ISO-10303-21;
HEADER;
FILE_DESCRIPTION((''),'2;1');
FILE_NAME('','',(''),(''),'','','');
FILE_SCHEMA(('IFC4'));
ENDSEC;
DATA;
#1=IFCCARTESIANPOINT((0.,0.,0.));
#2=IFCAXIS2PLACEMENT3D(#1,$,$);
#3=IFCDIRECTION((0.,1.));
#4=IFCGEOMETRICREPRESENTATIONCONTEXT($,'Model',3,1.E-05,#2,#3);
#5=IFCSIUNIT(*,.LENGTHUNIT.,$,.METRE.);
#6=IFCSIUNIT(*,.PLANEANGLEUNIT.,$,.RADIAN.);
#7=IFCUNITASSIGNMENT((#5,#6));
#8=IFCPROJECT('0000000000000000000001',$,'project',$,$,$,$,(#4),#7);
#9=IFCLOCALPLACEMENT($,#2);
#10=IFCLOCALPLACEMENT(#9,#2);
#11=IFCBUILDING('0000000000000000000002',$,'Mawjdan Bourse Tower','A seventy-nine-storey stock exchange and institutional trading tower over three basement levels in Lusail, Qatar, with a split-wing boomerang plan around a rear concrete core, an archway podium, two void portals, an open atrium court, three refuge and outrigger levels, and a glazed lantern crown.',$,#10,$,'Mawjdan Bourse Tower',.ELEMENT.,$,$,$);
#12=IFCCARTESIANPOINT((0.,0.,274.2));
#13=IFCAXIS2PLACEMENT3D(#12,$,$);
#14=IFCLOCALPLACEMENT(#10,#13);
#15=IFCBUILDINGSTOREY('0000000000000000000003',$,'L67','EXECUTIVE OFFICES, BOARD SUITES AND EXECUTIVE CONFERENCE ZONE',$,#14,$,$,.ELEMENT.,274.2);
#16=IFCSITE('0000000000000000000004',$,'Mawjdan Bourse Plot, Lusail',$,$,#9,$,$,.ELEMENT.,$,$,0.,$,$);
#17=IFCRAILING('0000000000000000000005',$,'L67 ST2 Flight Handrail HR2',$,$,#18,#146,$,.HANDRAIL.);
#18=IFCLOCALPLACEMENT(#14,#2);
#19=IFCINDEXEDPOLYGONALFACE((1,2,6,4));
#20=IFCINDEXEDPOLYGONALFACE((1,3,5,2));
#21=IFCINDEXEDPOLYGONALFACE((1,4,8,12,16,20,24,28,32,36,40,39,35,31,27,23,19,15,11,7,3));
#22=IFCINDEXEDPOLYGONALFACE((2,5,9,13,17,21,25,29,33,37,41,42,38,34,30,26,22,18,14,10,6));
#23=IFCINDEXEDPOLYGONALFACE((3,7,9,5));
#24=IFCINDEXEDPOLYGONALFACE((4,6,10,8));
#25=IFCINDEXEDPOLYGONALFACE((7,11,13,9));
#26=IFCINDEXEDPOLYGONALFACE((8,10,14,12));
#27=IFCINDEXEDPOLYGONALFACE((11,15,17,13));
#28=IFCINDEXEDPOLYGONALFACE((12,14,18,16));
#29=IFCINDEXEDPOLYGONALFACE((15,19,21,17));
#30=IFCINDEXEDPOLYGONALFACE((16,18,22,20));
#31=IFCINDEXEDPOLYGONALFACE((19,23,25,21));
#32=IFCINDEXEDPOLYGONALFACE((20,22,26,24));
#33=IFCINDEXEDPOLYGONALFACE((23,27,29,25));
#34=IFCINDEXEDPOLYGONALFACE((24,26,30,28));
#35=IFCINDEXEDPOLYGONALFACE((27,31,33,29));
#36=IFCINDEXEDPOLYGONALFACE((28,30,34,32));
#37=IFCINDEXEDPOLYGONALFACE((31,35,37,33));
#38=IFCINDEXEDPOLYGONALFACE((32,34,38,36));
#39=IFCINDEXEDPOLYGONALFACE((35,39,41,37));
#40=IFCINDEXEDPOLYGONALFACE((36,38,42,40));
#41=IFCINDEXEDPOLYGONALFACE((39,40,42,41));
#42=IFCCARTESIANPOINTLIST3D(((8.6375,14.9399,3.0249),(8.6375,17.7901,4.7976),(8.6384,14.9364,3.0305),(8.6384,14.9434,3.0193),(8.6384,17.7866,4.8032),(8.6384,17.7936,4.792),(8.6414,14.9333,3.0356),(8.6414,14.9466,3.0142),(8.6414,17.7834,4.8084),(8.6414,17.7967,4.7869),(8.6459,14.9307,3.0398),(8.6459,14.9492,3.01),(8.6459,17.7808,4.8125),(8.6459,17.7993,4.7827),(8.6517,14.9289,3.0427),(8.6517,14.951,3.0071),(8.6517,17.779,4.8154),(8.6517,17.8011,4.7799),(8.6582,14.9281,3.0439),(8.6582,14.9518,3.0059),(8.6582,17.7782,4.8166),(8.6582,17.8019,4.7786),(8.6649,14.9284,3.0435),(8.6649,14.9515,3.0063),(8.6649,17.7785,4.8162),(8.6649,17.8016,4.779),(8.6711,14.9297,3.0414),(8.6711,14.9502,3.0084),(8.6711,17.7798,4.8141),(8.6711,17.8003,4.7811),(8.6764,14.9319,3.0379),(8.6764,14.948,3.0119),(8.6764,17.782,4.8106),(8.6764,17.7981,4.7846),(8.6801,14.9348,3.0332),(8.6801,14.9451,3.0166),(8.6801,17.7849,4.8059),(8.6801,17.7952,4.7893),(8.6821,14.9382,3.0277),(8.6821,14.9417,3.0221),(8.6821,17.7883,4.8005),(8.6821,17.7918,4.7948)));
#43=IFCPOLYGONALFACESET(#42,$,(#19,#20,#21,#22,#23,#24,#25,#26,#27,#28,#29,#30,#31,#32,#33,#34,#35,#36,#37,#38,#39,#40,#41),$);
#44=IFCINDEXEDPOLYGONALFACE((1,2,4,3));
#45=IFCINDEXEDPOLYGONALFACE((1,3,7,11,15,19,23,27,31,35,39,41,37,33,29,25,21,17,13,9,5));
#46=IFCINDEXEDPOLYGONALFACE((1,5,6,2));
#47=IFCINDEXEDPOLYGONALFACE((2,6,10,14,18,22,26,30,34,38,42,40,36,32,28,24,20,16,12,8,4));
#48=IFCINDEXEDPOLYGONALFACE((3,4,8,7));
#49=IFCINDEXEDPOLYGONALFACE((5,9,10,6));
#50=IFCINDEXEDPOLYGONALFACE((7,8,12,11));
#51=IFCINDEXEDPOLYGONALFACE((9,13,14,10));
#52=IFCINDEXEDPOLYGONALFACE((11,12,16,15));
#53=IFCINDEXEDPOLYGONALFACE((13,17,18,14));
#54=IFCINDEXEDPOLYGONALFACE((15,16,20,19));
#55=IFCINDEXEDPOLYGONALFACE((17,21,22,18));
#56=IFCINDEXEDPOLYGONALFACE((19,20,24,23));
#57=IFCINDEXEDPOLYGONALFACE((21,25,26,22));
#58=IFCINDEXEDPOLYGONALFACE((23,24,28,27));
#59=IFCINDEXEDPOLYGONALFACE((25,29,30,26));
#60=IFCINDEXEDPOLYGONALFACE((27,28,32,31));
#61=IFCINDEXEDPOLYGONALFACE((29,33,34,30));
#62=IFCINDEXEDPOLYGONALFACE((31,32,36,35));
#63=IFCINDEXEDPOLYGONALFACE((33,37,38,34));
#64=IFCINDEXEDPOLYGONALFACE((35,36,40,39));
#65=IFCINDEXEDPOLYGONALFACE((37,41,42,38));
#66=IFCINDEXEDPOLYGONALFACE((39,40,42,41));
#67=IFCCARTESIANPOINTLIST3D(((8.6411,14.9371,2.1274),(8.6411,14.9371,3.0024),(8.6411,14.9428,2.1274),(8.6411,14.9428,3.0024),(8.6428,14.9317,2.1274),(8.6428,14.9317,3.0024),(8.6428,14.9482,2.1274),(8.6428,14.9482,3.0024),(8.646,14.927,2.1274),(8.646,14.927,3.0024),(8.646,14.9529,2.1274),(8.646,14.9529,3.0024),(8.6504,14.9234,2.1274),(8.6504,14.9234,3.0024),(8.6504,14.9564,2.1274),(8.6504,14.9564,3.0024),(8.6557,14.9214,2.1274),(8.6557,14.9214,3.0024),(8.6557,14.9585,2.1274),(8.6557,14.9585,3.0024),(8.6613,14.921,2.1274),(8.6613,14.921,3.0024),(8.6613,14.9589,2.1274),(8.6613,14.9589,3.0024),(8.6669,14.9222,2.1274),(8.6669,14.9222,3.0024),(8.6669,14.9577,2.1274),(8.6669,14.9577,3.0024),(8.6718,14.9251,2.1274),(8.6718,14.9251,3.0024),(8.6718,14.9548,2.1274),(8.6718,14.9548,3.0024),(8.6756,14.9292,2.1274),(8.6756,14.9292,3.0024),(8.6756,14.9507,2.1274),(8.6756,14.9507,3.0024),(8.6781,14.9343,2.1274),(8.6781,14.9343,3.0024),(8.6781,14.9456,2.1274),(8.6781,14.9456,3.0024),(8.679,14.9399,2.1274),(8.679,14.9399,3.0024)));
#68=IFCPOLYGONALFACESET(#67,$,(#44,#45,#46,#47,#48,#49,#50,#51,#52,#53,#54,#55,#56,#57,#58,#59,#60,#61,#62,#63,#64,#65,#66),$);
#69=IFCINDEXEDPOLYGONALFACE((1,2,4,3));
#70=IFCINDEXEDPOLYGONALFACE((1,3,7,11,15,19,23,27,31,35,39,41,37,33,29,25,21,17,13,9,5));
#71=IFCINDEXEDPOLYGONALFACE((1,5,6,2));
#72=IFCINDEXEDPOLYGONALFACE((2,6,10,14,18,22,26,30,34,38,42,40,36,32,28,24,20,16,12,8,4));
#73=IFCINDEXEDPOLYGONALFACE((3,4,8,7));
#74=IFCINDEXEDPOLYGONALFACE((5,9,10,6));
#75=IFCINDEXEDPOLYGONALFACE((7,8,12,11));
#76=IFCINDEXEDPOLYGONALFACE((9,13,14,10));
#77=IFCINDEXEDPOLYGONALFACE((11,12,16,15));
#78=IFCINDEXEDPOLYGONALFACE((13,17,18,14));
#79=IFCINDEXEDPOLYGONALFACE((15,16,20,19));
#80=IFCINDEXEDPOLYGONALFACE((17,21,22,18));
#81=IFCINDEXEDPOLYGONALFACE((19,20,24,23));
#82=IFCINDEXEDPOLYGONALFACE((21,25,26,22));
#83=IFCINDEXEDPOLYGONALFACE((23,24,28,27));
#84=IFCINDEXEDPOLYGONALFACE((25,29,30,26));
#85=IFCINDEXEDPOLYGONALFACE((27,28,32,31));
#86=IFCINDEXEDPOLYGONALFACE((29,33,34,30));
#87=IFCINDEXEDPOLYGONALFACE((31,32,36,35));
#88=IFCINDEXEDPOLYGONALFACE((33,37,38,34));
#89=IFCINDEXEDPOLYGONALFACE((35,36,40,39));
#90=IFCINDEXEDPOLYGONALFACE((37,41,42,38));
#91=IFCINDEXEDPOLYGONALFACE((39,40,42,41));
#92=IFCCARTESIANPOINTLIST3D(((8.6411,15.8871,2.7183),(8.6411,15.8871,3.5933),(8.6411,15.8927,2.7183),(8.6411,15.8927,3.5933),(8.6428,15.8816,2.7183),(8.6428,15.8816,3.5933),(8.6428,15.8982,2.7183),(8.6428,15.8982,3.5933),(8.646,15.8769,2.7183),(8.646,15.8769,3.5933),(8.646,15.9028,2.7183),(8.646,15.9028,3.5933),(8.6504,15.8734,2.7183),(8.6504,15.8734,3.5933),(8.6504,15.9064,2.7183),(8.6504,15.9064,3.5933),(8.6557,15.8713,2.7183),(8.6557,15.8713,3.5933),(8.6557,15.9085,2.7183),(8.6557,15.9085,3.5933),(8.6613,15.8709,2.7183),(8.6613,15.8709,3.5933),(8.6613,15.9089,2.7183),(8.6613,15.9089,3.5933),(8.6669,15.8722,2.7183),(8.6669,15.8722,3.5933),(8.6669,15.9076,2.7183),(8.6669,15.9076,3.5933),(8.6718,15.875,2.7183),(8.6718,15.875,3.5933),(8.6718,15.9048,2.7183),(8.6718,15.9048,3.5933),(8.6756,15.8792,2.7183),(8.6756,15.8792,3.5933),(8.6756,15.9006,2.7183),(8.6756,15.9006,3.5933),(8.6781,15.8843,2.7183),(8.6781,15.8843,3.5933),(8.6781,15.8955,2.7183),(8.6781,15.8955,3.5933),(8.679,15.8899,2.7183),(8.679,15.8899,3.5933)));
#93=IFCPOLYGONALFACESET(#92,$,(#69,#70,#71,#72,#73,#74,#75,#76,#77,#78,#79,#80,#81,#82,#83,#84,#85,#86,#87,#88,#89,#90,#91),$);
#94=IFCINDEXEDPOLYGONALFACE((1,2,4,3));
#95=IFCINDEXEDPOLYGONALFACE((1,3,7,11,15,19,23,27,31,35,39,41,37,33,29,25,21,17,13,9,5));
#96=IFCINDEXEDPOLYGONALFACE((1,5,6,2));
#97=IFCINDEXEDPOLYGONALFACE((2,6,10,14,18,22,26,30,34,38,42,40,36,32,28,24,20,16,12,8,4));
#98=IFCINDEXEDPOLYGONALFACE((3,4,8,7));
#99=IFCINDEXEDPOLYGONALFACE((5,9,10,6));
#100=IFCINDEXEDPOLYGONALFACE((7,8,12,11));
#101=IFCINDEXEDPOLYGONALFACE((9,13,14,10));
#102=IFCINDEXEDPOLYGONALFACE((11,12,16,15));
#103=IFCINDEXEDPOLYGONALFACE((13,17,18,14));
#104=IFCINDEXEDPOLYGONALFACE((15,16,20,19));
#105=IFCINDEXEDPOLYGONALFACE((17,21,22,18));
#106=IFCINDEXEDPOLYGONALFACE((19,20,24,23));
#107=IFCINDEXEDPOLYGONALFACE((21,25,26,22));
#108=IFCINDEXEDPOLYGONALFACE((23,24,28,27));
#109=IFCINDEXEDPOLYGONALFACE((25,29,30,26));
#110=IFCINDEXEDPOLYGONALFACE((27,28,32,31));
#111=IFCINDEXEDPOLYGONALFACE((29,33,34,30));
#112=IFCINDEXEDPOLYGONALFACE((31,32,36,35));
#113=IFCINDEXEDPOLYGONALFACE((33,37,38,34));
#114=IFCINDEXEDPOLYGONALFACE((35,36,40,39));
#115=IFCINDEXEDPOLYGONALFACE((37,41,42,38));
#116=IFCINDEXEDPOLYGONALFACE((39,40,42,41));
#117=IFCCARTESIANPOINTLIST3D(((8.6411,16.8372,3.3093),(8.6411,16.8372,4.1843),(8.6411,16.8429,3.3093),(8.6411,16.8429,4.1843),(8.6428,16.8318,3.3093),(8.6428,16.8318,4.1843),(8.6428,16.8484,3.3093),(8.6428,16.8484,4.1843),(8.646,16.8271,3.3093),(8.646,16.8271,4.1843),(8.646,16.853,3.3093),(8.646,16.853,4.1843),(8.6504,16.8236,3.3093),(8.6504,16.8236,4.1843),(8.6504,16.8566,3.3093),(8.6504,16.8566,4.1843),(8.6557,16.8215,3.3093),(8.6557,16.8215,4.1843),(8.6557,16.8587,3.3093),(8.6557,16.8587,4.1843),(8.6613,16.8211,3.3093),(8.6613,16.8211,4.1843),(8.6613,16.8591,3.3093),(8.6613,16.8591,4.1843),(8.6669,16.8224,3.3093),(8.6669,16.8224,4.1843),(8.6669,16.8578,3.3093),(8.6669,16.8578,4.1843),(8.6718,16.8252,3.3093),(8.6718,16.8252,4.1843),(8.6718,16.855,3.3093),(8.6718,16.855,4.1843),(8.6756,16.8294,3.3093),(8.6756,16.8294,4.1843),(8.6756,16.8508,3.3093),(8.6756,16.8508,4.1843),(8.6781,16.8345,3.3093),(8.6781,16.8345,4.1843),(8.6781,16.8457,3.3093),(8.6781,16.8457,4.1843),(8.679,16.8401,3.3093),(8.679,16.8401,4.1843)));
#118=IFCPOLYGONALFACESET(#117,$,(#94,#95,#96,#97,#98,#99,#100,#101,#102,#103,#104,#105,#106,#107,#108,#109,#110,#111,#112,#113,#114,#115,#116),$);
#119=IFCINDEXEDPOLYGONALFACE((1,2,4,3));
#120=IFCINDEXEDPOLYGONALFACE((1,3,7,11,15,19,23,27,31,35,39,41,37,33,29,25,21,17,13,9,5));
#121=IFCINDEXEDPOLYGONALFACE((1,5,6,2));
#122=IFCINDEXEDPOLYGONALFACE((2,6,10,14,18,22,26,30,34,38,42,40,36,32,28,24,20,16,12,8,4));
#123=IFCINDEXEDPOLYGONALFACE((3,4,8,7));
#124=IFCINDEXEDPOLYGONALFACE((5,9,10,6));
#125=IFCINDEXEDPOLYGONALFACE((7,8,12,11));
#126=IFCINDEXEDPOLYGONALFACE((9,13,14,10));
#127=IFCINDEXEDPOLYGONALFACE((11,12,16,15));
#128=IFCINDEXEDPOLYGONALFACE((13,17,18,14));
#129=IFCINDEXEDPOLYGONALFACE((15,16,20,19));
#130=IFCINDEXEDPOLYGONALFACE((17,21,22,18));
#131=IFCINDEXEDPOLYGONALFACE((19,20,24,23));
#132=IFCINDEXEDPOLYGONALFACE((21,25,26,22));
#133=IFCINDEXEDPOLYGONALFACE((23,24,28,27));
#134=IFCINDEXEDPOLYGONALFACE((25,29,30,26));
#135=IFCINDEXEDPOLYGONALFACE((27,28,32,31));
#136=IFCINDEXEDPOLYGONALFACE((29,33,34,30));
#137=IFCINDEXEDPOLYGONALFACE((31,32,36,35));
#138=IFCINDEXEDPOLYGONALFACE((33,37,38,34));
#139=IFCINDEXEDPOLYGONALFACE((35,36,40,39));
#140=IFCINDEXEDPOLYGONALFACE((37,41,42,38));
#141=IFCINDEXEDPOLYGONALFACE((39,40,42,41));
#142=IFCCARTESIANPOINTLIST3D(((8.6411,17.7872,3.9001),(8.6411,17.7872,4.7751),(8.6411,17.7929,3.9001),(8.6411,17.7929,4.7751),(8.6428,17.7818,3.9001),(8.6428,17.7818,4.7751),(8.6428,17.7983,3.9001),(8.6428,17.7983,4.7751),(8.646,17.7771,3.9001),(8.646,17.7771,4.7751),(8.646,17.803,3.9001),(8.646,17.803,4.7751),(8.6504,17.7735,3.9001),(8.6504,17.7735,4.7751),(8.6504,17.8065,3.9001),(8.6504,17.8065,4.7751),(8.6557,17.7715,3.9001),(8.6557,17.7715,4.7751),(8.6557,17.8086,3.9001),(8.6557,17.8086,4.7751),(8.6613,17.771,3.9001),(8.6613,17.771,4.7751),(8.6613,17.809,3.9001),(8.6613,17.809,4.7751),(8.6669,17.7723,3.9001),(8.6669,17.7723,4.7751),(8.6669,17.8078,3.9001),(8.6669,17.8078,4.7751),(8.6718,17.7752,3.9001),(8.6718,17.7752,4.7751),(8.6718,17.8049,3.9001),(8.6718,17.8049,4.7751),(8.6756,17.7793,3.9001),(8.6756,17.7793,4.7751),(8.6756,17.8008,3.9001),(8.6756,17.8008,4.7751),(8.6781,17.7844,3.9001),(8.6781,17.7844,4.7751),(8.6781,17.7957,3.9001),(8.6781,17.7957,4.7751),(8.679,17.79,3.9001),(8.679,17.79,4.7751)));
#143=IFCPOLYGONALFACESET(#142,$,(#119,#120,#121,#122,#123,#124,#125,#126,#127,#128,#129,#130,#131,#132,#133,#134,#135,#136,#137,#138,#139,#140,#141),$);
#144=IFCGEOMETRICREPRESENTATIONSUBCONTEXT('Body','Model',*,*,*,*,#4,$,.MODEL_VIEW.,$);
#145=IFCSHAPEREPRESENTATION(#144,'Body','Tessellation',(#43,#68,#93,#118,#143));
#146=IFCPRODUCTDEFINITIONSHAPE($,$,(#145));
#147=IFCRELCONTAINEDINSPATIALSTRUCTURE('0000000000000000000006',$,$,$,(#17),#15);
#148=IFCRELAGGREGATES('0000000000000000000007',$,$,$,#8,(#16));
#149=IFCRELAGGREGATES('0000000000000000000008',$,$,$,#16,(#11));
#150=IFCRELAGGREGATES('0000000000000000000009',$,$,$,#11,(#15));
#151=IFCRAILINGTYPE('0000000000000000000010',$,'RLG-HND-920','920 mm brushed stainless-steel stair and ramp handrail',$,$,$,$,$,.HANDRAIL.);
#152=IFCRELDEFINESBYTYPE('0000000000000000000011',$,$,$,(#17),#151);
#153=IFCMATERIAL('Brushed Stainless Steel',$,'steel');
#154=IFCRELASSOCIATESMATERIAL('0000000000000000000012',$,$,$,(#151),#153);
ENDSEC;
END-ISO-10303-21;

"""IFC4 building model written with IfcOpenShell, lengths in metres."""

from ifc_helpers import new_model, si_unit, direction, frame, origin, origin_2d, place, context, subcontext, project, spatial, circle, extrude, material, type_object, element, save


model = new_model("IFC4")

# Units and contexts
model_context = context("Model", 3, precision=1e-05, world=origin(), true_north=direction((0.0, 1.0)))
body_context = subcontext(model_context, "Body", "Model", "MODEL_VIEW")
ifc_project = project(units=[si_unit("LENGTHUNIT", "METRE"), si_unit("PLANEANGLEUNIT", "RADIAN")], contexts=[model_context])

# Site, building, storey
site_placement = place(None, origin())
site = spatial("IfcSite", under=ifc_project, at=site_placement, Name="Mawjdan Bourse Plot, Lusail", CompositionType="ELEMENT", RefElevation=0.0)
building_placement = place(site_placement, origin())
building = spatial("IfcBuilding", under=site, at=building_placement, Name="Mawjdan Bourse Tower", Description="A seventy-nine-storey stock exchange and institutional trading tower over three basement levels in Lusail, Qatar, with a split-wing boomerang plan around a rear concrete core, an archway podium, two void portals, an open atrium court, three refuge and outrigger levels, and a glazed lantern crown.", LongName="Mawjdan Bourse Tower", CompositionType="ELEMENT")
storey_placement = place(building_placement, frame((0.0, 0.0, 274.2)))
storey = spatial("IfcBuildingStorey", under=building, at=storey_placement, Name="L67", Description="EXECUTIVE OFFICES, BOARD SUITES AND EXECUTIVE CONFERENCE ZONE", CompositionType="ELEMENT", Elevation=274.2)

# Railing
ifc_material_1 = material(Name="Brushed Stainless Steel", Category="steel")
railing_type_1 = type_object("IfcRailingType", Name="RLG-HND-920", Description="920 mm brushed stainless-steel stair and ramp handrail", PredefinedType="HANDRAIL", material=ifc_material_1)
railing_placement = place(storey_placement, frame((8.6599, 14.9399, 2.1274)))
element("IfcRailing", 1, at=railing_placement, inside=storey, type_object=railing_type_1, Name="L67 ST2 Flight Handrail HR2", PredefinedType="HANDRAIL", context=body_context, shape_type="SweptSolid", body=[
    extrude(circle(Radius=0.0225, at=origin_2d()), frame((0.0, 0.0, 0.8975), z_axis=(0.0, 0.849149, 0.528154), x_axis=(-1.0, 0.0, 0.0)), (0.0, 0.0, 1.0), 3.3564),
    extrude(circle(Radius=0.019, at=origin_2d()), origin(), (0.0, 0.0, 1.0), 0.875),
    extrude(circle(Radius=0.019, at=origin_2d()), frame((0.0, 0.95, 0.5908)), (0.0, 0.0, 1.0), 0.875),
    extrude(circle(Radius=0.019, at=origin_2d()), frame((0.0, 1.9001, 1.1819)), (0.0, 0.0, 1.0), 0.875),
    extrude(circle(Radius=0.019, at=origin_2d()), frame((0.0, 2.8501, 1.7727)), (0.0, 0.0, 1.0), 0.875),
])

save(model, "model.ifc")
